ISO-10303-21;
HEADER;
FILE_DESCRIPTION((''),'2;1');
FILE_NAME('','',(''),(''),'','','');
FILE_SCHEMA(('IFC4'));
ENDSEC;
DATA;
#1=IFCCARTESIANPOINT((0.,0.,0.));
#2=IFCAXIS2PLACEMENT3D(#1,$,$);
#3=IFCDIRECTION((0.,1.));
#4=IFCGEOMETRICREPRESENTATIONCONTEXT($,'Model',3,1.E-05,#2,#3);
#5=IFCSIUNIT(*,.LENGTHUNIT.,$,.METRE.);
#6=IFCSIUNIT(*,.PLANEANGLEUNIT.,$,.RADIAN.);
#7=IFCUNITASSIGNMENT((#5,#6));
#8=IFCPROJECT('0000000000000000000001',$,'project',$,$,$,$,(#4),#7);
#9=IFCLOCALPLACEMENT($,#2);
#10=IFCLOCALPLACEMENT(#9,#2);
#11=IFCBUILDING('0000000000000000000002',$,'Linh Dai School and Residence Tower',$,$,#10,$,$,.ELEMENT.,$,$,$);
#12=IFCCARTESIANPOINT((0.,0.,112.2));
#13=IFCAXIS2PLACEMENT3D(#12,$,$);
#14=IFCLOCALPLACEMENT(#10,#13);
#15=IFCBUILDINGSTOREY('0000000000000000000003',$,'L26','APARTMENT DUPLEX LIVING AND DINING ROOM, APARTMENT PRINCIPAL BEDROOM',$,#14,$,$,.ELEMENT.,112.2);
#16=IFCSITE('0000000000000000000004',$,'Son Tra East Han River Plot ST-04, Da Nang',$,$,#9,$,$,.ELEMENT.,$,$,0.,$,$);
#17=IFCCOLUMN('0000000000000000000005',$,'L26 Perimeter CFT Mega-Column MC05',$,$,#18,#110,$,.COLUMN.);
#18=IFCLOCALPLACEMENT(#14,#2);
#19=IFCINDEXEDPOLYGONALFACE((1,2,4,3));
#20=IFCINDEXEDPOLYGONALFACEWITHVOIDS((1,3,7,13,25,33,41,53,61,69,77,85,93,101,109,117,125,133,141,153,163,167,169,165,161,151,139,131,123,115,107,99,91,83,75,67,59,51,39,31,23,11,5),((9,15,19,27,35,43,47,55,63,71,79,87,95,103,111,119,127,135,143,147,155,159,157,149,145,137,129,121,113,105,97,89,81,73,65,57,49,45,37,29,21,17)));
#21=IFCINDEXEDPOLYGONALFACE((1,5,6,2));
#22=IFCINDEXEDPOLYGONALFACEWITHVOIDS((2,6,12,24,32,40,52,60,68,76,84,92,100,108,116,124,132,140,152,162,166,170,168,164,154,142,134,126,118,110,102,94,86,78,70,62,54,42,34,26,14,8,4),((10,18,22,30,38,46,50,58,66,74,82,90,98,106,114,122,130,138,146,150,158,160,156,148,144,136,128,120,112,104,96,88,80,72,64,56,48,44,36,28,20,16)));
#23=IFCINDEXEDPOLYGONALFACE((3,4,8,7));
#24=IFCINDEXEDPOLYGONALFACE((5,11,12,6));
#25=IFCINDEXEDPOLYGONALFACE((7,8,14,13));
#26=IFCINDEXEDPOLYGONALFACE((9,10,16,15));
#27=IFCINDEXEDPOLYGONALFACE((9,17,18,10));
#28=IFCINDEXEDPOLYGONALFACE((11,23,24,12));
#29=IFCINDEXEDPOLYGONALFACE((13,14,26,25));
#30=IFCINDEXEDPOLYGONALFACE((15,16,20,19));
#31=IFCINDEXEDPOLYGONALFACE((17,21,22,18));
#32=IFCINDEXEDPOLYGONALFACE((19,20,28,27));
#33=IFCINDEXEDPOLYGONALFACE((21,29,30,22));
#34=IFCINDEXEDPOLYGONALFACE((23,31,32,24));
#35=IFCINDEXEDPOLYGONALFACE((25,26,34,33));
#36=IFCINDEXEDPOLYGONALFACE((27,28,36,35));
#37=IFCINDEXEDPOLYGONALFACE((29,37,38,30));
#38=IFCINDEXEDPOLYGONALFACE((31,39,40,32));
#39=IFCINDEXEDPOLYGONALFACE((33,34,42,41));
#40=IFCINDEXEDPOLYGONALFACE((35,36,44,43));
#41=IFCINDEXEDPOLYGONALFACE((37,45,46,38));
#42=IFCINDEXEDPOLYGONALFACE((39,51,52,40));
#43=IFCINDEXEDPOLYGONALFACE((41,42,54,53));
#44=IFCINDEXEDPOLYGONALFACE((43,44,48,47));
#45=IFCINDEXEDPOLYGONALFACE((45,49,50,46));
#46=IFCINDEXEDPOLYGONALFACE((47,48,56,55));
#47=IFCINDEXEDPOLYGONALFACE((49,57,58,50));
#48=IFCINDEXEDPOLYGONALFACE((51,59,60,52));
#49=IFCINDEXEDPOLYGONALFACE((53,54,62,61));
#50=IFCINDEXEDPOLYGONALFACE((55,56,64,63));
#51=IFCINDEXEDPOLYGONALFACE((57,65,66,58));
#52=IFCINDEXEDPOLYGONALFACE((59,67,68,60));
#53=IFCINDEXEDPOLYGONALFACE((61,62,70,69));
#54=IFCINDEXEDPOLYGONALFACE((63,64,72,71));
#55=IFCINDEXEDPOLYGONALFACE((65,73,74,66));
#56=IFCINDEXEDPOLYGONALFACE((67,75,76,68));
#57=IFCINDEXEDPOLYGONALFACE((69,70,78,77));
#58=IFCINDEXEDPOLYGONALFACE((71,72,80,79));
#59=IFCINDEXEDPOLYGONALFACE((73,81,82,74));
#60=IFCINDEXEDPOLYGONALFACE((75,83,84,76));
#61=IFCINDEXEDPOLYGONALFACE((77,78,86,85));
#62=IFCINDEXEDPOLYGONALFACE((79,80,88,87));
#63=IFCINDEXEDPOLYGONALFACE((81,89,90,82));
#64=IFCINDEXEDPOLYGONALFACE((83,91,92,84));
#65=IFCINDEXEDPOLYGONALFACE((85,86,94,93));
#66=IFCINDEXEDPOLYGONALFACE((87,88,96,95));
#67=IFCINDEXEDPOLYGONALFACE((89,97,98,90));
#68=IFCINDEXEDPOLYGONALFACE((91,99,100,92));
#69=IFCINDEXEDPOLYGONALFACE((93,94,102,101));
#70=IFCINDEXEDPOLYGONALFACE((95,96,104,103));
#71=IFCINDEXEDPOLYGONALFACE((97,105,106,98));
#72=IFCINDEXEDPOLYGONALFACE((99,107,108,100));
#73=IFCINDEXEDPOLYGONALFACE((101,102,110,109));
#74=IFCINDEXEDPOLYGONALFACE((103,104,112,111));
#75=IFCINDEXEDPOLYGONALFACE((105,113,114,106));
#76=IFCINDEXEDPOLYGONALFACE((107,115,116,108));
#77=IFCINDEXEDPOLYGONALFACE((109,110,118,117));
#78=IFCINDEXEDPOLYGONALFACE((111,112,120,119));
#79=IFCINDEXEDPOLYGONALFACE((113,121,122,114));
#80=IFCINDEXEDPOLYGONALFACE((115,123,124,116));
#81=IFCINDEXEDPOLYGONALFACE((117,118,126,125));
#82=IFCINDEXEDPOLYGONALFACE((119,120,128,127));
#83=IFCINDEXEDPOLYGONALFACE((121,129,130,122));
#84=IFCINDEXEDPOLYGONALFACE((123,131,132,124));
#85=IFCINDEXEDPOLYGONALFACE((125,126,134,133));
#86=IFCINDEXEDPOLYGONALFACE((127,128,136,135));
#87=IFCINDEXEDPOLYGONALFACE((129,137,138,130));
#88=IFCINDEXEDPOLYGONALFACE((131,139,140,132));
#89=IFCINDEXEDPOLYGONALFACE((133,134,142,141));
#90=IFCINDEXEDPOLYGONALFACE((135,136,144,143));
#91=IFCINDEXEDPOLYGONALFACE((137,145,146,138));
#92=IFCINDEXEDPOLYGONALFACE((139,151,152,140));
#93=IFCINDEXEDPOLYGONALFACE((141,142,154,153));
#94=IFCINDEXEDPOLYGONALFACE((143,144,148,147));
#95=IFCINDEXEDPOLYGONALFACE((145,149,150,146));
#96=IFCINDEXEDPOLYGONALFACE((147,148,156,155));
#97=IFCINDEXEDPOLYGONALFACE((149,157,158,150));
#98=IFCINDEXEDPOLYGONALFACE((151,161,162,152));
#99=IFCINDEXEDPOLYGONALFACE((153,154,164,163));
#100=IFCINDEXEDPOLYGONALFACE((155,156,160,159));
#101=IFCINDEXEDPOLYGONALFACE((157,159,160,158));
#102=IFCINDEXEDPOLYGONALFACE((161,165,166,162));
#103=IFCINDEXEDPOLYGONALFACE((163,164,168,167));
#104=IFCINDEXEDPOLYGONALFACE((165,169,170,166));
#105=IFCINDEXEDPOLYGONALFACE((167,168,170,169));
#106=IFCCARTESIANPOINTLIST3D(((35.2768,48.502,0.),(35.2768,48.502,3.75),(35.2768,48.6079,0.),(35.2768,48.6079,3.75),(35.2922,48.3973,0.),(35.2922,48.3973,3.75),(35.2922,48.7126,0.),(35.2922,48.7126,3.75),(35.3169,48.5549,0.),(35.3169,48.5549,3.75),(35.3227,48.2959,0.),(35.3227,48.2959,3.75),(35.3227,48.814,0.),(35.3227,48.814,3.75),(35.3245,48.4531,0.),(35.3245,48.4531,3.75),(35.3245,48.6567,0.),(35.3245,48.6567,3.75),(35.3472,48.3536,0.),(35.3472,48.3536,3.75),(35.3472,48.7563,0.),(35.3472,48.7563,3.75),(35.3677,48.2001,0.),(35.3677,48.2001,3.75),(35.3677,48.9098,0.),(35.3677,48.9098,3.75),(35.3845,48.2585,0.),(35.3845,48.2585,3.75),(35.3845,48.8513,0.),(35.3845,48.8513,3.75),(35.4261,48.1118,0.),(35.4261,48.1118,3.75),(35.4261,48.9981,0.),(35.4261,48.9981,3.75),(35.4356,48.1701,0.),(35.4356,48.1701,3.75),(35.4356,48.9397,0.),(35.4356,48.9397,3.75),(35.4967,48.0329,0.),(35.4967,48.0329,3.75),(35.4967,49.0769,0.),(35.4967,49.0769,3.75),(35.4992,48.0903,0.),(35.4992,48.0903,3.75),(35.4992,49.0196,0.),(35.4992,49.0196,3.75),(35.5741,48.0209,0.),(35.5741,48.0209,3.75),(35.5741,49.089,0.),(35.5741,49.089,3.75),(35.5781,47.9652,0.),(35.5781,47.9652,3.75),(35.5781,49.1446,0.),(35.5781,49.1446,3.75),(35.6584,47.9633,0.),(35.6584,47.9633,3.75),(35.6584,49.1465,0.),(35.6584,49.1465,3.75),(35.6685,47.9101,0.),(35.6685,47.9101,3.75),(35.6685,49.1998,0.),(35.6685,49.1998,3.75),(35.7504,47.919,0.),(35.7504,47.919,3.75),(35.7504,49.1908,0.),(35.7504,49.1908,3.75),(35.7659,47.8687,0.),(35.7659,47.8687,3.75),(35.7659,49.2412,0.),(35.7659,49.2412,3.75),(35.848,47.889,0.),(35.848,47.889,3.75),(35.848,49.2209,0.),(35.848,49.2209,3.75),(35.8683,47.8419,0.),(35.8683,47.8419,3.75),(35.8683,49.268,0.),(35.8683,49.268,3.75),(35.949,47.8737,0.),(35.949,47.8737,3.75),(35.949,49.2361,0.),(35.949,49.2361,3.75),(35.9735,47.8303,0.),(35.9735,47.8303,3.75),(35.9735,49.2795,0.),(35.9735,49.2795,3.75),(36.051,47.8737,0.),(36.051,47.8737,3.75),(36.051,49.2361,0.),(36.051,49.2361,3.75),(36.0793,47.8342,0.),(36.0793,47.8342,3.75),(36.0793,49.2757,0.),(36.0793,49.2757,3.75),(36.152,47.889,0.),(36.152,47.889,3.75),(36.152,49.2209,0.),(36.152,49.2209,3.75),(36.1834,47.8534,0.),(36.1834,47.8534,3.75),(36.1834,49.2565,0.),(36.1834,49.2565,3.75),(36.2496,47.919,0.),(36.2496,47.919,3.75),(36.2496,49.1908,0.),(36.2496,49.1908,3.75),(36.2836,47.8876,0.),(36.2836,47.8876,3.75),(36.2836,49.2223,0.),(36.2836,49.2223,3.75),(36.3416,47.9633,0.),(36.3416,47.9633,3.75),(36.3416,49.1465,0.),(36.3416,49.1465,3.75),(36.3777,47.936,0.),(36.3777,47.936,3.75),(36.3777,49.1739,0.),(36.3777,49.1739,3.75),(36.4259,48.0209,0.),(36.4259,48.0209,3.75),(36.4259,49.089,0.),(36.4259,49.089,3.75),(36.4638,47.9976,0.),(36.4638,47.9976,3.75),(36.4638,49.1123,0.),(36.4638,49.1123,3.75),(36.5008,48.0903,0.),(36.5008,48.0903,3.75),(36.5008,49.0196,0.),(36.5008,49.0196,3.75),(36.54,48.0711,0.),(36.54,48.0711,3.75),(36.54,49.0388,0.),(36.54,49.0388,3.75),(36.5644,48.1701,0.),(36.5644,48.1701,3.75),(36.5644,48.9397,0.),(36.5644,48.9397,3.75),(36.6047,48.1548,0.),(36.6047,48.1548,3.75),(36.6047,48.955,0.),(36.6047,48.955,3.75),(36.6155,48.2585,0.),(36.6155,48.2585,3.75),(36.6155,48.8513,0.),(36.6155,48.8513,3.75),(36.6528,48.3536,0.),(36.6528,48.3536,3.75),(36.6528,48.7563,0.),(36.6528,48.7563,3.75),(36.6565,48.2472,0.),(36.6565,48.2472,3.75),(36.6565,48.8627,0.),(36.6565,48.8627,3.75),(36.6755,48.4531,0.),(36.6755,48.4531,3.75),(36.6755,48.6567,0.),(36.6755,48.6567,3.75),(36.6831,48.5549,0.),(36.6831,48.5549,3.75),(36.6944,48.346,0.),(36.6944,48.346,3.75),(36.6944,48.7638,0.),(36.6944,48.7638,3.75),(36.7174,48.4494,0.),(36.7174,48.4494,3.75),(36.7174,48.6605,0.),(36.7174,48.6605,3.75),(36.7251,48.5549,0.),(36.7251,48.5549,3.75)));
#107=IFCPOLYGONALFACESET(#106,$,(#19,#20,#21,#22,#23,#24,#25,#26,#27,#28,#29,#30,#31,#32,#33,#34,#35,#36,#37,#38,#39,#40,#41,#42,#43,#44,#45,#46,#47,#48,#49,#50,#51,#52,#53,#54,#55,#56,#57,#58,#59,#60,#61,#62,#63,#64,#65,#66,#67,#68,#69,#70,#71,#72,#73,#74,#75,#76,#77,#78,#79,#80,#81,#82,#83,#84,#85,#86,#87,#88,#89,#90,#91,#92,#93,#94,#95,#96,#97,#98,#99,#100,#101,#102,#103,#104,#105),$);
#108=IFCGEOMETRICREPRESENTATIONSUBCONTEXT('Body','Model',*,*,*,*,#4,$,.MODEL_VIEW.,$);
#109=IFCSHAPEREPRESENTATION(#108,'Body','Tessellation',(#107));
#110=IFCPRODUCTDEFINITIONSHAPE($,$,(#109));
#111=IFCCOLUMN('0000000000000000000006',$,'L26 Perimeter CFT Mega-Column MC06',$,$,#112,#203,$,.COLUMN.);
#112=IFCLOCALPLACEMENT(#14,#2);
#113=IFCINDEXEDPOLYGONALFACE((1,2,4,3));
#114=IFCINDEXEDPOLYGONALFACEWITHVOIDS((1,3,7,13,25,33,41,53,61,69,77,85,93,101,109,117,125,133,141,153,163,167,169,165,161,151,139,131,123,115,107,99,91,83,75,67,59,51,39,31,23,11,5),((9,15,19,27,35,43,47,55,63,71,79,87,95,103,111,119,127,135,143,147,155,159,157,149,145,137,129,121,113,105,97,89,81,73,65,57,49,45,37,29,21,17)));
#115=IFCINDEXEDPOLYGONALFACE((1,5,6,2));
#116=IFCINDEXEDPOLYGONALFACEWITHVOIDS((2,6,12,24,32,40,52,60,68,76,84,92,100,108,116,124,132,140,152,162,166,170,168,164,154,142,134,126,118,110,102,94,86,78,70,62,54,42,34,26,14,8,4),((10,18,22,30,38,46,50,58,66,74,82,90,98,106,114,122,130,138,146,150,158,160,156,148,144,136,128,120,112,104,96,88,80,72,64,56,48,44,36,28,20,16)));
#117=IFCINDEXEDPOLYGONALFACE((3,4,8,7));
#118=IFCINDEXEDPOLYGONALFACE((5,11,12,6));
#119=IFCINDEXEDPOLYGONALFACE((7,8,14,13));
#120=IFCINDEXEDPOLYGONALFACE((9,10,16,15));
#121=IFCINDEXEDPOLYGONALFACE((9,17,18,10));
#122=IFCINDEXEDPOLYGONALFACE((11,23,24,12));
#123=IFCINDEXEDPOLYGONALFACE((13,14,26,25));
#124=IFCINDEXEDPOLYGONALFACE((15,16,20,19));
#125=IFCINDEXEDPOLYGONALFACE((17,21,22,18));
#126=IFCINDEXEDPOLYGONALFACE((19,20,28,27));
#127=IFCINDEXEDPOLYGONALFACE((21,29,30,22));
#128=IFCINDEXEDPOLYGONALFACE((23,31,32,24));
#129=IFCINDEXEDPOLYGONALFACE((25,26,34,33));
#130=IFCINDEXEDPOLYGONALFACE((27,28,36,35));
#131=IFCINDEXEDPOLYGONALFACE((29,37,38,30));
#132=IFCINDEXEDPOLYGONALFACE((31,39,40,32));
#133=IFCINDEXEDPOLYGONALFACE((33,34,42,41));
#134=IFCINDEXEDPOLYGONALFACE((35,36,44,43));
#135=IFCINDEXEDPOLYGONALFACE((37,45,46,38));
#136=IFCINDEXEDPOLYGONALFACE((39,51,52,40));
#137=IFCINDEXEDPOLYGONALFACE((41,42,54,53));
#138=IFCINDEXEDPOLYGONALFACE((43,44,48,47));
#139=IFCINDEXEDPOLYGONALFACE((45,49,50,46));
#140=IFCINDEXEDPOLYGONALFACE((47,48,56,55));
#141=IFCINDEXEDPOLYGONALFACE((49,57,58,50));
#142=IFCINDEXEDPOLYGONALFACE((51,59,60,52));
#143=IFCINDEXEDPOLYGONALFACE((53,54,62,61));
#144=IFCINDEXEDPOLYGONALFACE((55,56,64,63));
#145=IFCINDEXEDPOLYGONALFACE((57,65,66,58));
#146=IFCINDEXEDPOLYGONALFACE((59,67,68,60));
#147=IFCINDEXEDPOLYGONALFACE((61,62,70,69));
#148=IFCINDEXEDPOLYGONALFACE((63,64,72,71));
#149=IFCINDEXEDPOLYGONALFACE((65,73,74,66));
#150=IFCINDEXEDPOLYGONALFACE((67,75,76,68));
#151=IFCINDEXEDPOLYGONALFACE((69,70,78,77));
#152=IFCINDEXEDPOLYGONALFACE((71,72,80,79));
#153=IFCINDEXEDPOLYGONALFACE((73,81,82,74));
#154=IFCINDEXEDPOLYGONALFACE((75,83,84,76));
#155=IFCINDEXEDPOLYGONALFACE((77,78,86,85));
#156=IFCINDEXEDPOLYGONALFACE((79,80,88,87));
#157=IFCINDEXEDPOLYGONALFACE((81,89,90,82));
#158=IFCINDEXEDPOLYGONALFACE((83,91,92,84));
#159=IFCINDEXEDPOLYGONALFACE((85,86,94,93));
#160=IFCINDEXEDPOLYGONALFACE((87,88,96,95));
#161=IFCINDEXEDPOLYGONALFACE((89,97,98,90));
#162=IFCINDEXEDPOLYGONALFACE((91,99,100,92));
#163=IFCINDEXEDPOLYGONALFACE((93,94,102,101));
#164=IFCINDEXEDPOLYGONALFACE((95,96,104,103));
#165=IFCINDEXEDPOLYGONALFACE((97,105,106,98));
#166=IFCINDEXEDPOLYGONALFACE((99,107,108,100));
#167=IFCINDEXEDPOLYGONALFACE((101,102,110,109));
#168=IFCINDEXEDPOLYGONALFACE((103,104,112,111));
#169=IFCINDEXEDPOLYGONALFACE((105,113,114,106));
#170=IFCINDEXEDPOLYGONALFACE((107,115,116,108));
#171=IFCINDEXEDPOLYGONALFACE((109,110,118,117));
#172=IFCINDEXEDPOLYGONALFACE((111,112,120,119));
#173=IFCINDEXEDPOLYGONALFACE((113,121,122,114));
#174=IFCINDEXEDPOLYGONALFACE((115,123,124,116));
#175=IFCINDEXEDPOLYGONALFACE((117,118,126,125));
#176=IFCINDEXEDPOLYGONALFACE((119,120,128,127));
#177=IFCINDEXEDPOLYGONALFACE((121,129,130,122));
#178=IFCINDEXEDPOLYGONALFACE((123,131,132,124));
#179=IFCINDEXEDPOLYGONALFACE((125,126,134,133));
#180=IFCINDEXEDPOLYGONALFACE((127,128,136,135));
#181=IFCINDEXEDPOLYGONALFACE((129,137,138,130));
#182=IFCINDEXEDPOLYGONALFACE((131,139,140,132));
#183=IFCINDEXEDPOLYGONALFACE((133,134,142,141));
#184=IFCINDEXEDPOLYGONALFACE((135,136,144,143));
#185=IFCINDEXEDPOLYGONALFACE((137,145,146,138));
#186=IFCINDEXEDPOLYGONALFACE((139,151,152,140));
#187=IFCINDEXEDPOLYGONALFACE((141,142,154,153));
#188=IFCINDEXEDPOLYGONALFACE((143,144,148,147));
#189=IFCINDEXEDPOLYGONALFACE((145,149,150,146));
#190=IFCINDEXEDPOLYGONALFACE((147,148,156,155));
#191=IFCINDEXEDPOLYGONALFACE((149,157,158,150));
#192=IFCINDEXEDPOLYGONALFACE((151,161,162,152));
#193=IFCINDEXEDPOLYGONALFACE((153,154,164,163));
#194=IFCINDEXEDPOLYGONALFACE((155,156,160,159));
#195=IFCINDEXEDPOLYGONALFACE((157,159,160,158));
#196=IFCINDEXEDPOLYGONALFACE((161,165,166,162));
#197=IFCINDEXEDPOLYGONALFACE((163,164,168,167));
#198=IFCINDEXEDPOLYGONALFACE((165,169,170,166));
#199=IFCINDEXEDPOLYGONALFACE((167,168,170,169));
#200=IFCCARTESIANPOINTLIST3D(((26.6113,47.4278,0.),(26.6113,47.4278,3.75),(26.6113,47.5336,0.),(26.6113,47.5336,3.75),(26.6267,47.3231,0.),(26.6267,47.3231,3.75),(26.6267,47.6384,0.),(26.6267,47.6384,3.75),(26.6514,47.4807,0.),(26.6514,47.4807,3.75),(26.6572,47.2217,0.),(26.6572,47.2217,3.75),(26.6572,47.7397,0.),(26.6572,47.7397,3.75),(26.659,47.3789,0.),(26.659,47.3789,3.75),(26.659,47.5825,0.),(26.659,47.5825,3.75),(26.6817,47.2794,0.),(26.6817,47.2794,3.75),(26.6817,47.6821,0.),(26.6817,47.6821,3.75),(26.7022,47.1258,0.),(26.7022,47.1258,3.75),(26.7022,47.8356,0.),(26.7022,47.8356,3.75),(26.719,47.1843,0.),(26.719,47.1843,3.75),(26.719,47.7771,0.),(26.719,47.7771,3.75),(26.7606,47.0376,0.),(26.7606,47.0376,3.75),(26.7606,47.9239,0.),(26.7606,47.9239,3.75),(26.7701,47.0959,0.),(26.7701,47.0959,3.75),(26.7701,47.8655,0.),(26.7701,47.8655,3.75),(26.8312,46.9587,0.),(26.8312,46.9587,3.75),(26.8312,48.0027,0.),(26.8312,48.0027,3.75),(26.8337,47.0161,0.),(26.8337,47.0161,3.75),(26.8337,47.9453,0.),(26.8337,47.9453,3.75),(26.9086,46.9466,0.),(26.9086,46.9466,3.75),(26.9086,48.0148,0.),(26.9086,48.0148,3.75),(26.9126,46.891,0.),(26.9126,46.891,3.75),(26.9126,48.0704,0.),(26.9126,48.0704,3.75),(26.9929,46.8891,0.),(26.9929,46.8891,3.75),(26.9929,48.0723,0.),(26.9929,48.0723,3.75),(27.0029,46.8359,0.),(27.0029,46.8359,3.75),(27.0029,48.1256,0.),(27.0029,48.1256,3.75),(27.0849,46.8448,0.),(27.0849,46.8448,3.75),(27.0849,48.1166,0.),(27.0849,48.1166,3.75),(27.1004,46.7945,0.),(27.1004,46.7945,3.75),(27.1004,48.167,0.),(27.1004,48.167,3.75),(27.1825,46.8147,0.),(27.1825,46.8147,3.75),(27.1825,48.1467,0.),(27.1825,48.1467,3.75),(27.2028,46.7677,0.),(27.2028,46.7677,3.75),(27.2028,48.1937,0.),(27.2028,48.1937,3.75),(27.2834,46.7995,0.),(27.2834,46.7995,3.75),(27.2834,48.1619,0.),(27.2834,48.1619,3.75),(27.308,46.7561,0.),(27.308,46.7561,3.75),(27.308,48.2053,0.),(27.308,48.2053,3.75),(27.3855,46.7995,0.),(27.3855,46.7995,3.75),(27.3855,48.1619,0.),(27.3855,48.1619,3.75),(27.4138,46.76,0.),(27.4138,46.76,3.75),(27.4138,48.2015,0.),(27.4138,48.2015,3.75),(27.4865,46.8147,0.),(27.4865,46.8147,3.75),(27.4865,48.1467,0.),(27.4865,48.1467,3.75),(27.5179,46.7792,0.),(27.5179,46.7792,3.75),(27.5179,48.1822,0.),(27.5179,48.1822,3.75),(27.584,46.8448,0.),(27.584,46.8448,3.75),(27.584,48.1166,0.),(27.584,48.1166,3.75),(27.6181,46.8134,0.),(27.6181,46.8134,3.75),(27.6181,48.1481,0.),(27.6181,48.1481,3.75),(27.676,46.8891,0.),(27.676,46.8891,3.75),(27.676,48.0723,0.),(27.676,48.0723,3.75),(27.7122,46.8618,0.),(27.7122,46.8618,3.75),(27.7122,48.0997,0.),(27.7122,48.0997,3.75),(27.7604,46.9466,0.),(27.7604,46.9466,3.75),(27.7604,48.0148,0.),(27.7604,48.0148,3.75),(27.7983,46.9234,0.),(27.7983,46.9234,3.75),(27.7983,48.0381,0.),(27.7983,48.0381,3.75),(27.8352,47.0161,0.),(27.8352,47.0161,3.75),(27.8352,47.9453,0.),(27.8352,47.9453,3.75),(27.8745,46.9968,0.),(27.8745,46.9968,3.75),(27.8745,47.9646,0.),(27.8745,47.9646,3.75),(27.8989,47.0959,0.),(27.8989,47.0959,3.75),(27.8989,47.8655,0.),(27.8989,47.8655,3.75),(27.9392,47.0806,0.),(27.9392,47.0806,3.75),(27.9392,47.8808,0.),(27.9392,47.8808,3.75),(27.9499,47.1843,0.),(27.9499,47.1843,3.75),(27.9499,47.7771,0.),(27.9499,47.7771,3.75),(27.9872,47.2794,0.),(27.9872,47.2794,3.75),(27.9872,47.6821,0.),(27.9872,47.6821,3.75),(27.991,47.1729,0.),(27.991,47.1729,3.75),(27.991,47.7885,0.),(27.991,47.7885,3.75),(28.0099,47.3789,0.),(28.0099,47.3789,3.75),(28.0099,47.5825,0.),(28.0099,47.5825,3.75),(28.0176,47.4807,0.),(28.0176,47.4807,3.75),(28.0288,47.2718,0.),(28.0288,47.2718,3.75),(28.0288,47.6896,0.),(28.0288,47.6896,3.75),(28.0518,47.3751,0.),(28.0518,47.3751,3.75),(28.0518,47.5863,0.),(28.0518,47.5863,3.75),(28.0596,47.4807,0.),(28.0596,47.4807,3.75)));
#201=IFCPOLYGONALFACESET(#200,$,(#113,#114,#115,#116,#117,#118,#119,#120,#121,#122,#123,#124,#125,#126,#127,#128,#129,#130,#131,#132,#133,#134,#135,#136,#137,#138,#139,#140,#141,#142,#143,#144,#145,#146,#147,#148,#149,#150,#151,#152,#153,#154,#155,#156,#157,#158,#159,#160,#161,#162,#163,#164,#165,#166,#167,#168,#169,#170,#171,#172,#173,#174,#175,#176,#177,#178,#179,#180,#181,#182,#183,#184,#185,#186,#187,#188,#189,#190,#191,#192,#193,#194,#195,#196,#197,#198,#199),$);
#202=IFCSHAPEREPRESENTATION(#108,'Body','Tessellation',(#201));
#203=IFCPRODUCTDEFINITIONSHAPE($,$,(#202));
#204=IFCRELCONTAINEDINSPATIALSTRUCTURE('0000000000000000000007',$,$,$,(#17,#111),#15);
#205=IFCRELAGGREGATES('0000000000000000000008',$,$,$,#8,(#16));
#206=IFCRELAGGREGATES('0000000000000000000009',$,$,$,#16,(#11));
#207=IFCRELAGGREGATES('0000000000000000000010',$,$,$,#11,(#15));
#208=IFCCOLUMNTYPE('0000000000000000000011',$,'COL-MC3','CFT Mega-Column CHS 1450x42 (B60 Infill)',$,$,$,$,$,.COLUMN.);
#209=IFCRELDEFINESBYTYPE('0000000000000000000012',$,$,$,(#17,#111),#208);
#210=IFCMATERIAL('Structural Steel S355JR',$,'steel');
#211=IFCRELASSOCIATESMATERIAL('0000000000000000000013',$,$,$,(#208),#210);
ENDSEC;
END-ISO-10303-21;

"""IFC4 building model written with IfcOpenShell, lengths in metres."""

from ifc_helpers import new_model, si_unit, direction, frame, origin, origin_2d, place, context, subcontext, project, spatial, hollow_circle, extrude, material, material_profile, profile_set, type_object, element, save


model = new_model("IFC4")

# Units and contexts
model_context = context("Model", 3, precision=1e-05, world=origin(), true_north=direction((0.0, 1.0)))
body_context = subcontext(model_context, "Body", "Model", "MODEL_VIEW")
ifc_project = project(units=[si_unit("LENGTHUNIT", "METRE"), si_unit("PLANEANGLEUNIT", "RADIAN")], contexts=[model_context])

# Site, building, storey
site_placement = place(None, origin())
site = spatial("IfcSite", under=ifc_project, at=site_placement, Name="Son Tra East Han River Plot ST-04, Da Nang", CompositionType="ELEMENT", RefElevation=0.0)
building_placement = place(site_placement, origin())
building = spatial("IfcBuilding", under=site, at=building_placement, Name="Linh Dai School and Residence Tower", CompositionType="ELEMENT")
storey_placement = place(building_placement, frame((0.0, 0.0, 112.2)))
storey = spatial("IfcBuildingStorey", under=building, at=storey_placement, Name="L26", Description="APARTMENT DUPLEX LIVING AND DINING ROOM, APARTMENT PRINCIPAL BEDROOM", CompositionType="ELEMENT", Elevation=112.2)

# Columns
ifc_material_1 = material(Name="Structural Steel S355JR", Category="steel")
ifc_material_profile_1 = material_profile(ifc_material_1, hollow_circle(Radius=0.7251, WallThickness=0.042, at=origin_2d()), Name="CHS 1450x42")
ifc_profile_set_1 = profile_set([ifc_material_profile_1], Name="Structural Steel S355JR")
column_type_1 = type_object("IfcColumnType", Name="COL-MC3", Description="CFT Mega-Column CHS 1450x42 (B60 Infill)", PredefinedType="COLUMN", material=ifc_profile_set_1)
for number, where, z_axis, x_axis, name in (
    (1, (36.0, 48.5549, 0.0), (0.0, 0.0, 1.0), (1.0, 0.0, 0.0), "L26 Perimeter CFT Mega-Column MC05"),
    (2, (27.3345, 47.4807, 0.0), (0.0, 0.0, 1.0), (1.0, 0.0, 0.0), "L26 Perimeter CFT Mega-Column MC06"),
):
    element("IfcColumn", number, at=place(storey_placement, frame(where, z_axis=z_axis, x_axis=x_axis)), inside=storey, type_object=column_type_1, Name=name, PredefinedType="COLUMN", context=body_context, shape_type="SweptSolid", body=[
        extrude(hollow_circle(Radius=0.7251, WallThickness=0.042, at=origin_2d()), origin(), (0.0, 0.0, 1.0), 3.75),
    ])

save(model, "model.ifc")
